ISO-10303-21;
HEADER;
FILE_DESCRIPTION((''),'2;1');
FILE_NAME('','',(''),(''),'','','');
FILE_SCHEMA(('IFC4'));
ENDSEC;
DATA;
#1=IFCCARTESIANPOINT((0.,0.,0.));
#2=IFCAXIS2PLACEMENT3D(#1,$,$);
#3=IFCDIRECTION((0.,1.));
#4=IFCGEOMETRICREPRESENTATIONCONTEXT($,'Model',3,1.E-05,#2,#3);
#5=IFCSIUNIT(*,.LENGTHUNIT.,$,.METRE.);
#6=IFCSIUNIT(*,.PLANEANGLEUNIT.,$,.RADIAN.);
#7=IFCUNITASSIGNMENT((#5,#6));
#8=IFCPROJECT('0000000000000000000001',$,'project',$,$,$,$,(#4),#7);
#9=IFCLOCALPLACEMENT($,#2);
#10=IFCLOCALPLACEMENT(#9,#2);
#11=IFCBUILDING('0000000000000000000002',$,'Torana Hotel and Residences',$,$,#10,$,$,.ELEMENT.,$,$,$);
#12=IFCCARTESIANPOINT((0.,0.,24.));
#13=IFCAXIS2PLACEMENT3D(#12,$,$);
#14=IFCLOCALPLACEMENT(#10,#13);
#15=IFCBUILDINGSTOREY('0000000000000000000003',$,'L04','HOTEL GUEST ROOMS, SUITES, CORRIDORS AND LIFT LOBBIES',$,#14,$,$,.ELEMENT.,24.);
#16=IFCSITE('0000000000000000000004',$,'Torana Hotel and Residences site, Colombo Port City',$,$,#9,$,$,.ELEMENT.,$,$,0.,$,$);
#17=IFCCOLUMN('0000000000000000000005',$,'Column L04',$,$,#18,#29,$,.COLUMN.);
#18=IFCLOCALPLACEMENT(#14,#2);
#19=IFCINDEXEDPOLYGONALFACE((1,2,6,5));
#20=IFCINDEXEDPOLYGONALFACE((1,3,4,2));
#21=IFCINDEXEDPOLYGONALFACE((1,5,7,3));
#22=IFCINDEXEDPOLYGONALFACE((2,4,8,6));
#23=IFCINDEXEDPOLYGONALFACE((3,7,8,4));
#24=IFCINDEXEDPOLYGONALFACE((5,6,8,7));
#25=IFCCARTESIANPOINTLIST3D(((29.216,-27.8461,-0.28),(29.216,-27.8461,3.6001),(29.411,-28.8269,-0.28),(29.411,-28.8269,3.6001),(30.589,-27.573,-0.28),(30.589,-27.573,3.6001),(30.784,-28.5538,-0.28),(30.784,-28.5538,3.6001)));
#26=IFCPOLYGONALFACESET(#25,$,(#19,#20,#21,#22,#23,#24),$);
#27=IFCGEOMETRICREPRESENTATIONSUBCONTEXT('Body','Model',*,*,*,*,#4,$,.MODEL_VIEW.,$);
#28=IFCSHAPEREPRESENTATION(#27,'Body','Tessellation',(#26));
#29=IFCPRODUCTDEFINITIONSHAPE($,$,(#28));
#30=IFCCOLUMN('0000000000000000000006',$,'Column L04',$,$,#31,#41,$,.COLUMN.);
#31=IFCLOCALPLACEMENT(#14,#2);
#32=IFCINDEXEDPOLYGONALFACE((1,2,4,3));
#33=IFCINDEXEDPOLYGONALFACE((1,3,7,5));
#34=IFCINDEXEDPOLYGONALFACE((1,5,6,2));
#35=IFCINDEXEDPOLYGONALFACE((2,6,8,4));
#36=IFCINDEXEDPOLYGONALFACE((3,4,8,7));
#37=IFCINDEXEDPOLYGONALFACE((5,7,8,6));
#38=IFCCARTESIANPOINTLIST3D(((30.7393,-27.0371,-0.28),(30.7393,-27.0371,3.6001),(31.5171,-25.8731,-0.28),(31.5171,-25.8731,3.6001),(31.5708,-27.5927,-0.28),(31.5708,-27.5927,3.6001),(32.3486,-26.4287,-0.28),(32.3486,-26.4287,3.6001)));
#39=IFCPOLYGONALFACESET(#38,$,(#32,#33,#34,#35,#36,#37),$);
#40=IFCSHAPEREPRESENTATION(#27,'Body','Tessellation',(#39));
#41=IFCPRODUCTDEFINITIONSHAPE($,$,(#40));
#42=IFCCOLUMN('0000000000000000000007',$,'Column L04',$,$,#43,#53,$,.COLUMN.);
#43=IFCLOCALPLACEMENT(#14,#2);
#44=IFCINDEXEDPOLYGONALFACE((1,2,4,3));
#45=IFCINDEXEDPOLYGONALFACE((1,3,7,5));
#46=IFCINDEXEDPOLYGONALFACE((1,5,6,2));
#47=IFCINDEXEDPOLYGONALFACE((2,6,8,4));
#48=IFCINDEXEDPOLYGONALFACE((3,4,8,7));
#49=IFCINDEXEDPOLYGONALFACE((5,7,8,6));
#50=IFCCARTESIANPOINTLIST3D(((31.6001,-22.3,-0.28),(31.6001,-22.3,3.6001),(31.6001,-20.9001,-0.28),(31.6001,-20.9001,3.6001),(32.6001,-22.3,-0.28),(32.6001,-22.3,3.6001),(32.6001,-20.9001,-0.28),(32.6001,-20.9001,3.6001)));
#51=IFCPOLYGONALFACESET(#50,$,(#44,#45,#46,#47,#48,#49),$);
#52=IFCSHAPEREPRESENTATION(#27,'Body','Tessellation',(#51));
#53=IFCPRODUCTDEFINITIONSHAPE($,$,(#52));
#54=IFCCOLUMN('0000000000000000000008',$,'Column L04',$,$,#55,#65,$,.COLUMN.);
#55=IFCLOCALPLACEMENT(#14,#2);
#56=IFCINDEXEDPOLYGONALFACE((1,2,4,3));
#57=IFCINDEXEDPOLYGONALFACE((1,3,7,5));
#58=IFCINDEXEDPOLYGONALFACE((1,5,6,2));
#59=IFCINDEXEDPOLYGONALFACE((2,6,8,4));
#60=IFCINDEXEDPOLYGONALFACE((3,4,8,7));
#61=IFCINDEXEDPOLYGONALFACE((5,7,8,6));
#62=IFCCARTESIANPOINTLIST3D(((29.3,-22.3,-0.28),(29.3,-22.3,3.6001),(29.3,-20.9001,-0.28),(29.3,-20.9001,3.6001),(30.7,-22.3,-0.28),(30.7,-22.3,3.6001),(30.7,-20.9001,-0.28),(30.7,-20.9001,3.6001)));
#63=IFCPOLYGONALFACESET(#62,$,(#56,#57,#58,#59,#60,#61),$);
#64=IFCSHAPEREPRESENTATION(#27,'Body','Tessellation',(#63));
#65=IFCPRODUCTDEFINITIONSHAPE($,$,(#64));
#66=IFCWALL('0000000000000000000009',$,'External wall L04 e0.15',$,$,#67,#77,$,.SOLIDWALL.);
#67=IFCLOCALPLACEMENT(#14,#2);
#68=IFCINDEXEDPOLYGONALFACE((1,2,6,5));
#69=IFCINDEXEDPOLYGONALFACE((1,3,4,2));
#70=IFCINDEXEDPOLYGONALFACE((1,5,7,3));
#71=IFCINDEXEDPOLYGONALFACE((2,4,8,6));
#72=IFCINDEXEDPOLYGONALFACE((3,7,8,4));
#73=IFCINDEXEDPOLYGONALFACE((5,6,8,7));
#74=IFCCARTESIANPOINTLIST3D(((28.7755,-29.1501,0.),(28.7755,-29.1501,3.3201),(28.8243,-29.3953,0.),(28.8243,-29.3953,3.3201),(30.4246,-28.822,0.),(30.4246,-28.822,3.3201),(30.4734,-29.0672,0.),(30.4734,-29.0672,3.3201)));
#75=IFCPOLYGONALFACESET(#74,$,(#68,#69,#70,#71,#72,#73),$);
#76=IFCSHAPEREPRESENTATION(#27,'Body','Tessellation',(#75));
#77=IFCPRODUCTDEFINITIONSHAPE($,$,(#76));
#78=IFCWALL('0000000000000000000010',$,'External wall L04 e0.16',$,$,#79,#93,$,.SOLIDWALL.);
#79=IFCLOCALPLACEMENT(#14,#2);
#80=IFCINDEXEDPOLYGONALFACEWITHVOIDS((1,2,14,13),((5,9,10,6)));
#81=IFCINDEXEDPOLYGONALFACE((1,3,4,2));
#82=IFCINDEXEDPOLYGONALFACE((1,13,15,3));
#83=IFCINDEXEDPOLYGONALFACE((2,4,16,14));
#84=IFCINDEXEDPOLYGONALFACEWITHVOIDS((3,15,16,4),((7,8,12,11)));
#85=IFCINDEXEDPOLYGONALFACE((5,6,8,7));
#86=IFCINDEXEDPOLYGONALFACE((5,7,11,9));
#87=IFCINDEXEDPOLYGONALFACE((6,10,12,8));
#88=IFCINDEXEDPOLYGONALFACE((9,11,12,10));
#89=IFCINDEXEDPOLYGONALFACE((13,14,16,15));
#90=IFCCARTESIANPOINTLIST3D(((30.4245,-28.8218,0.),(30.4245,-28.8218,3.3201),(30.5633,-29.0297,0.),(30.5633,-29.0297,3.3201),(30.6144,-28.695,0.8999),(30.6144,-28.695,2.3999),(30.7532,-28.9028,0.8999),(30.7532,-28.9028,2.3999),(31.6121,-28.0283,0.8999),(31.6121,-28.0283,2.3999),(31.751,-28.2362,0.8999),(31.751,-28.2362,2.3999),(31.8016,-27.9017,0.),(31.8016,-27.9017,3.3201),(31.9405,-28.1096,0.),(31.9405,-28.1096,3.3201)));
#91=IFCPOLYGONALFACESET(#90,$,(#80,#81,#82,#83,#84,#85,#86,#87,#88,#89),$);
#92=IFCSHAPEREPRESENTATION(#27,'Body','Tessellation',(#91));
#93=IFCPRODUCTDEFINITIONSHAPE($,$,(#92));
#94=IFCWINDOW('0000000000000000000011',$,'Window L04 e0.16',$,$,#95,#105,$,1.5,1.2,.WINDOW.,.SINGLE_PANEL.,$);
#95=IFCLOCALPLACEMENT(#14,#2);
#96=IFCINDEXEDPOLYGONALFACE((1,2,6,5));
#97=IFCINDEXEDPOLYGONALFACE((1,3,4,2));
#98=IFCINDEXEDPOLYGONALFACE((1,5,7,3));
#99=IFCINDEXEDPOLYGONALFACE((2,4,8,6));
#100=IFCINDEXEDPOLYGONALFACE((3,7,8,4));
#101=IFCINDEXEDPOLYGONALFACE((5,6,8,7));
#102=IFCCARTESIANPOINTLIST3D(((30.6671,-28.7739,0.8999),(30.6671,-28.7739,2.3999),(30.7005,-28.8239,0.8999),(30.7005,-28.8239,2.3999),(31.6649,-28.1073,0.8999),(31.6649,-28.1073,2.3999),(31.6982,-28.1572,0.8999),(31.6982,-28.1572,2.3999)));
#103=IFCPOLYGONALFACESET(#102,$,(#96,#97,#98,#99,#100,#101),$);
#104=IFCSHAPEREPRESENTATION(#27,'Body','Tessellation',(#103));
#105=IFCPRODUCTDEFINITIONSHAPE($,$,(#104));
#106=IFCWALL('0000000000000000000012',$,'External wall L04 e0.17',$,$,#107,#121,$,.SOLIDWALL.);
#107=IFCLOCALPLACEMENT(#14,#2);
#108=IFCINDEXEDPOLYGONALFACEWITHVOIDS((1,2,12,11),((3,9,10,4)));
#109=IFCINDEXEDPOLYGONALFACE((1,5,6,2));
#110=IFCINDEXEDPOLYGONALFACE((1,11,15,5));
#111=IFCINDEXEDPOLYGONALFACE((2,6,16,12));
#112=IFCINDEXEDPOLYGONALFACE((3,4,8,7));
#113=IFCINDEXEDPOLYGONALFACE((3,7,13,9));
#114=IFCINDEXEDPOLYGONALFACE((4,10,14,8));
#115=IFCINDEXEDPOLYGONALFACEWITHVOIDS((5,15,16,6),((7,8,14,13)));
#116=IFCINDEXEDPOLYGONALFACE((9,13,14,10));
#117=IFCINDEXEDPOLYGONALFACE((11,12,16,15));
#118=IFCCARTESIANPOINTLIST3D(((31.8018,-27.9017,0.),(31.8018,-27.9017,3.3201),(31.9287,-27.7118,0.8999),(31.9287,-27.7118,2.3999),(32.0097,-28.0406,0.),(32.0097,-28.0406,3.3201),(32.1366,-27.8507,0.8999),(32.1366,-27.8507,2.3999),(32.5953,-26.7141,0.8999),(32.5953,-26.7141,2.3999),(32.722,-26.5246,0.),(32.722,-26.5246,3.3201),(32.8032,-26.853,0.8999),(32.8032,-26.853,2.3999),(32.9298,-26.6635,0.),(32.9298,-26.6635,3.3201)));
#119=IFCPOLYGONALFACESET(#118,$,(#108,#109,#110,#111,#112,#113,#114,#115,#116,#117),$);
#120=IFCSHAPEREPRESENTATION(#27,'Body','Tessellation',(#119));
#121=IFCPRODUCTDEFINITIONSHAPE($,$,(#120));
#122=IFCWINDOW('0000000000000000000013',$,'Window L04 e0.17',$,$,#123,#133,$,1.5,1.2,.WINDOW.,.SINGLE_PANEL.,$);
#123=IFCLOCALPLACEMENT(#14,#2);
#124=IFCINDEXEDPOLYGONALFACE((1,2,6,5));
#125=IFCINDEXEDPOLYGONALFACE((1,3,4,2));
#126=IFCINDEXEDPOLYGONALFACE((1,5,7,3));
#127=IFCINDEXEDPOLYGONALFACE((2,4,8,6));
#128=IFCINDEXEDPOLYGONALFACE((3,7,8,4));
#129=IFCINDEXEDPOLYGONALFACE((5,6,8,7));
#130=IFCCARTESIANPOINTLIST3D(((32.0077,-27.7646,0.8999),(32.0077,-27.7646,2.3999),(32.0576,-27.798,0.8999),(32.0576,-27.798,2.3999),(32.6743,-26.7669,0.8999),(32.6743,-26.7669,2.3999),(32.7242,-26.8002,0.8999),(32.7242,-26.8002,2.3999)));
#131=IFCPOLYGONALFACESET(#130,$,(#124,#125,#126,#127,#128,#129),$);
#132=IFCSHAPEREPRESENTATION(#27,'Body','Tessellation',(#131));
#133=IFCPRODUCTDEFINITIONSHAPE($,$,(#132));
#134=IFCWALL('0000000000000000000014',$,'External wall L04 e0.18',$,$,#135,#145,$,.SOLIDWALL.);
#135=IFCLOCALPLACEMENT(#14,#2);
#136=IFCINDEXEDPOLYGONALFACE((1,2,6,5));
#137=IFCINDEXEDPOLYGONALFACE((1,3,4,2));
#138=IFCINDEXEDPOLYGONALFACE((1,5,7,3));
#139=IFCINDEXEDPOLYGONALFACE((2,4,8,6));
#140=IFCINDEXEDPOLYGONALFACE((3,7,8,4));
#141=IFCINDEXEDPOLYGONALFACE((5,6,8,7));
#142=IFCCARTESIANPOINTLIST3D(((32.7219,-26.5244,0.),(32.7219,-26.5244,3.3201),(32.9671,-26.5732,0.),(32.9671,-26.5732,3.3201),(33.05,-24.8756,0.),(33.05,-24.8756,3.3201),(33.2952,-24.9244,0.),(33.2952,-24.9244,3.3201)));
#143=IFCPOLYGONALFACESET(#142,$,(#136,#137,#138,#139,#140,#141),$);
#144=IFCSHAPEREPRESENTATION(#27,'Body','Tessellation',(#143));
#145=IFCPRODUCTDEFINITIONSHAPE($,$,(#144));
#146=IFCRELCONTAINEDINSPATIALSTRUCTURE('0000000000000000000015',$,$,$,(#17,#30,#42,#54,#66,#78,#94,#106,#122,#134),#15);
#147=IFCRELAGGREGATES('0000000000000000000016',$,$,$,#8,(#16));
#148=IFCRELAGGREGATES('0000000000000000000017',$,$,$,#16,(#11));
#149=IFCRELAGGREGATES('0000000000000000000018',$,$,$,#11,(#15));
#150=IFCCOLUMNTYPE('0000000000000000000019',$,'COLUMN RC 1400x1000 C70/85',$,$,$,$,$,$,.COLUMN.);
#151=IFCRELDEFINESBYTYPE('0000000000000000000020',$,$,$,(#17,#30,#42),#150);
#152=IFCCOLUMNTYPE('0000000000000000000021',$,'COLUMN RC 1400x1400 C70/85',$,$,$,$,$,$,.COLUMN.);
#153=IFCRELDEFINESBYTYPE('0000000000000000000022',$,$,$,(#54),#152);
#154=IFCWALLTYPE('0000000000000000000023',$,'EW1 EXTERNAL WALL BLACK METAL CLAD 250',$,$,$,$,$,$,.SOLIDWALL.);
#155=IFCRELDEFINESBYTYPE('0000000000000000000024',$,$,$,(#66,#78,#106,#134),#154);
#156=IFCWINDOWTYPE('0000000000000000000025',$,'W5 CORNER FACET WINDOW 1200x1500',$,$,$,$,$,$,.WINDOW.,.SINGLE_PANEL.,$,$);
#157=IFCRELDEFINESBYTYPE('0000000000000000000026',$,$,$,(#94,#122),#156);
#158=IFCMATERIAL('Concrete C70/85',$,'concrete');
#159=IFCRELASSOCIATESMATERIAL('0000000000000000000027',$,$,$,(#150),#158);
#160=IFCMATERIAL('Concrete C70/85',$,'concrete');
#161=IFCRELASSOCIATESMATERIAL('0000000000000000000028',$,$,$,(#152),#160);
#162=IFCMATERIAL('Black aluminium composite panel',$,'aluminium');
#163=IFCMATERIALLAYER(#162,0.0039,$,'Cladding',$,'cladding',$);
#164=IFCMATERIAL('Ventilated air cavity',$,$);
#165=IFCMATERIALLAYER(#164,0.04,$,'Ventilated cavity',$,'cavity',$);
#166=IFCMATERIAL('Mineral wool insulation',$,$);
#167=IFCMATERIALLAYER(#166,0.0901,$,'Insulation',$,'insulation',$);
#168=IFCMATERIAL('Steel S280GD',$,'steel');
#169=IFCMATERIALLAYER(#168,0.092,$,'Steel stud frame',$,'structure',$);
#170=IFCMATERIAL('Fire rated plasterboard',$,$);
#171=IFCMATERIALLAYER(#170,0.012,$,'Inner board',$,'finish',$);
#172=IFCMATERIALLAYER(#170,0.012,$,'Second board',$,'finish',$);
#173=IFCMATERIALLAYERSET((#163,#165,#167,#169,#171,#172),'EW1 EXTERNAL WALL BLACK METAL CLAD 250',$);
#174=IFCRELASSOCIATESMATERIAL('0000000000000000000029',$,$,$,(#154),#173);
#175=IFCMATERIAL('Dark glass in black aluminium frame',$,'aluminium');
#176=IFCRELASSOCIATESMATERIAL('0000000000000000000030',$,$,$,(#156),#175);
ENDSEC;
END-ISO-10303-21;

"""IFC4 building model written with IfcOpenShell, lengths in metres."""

from ifc_helpers import new_model, si_unit, direction, frame, frame_2d, origin, origin_2d, place, context, subcontext, project, spatial, rectangle, extrude, material, layer, layer_set, material_profile, profile_set, type_object, element, fill, save


model = new_model("IFC4")

# Units and contexts
model_context = context("Model", 3, precision=1e-05, world=origin(), true_north=direction((0.0, 1.0)))
body_context = subcontext(model_context, "Body", "Model", "MODEL_VIEW")
ifc_project = project(units=[si_unit("LENGTHUNIT", "METRE"), si_unit("PLANEANGLEUNIT", "RADIAN")], contexts=[model_context])

# Site, building, storey
site_placement = place(None, origin())
site = spatial("IfcSite", under=ifc_project, at=site_placement, Name="Torana Hotel and Residences site, Colombo Port City", CompositionType="ELEMENT", RefElevation=0.0)
building_placement = place(site_placement, origin())
building = spatial("IfcBuilding", under=site, at=building_placement, Name="Torana Hotel and Residences", CompositionType="ELEMENT")
storey_placement = place(building_placement, frame((0.0, 0.0, 24.0)))
storey = spatial("IfcBuildingStorey", under=building, at=storey_placement, Name="L04", Description="HOTEL GUEST ROOMS, SUITES, CORRIDORS AND LIFT LOBBIES", CompositionType="ELEMENT", Elevation=24.0)

# Columns
ifc_material_1 = material(Name="Concrete C70/85", Category="concrete")
ifc_material_profile_1 = material_profile(ifc_material_1, rectangle(XDim=1.3999, YDim=1.0, at=origin_2d()), Name="RC 1400x1000")
ifc_profile_set_1 = profile_set([ifc_material_profile_1], Name="Concrete C70/85")
column_type_1 = type_object("IfcColumnType", Name="COLUMN RC 1400x1000 C70/85", PredefinedType="COLUMN", material=ifc_profile_set_1)
for number, where, z_axis, x_axis, name in (
    (1, (30.0, -28.2, -0.28), (0.0, 0.0, 1.0), (0.980792, 0.195056, 0.0), "Column L04"),
    (2, (31.5439, -26.7329, -0.28), (0.0, 0.0, 1.0), (0.555585, 0.83146, 0.0), "Column L04"),
    (3, (32.1001, -21.6001, -0.28), (0.0, 0.0, 1.0), (0.0, 1.0, 0.0), "Column L04"),
):
    element("IfcColumn", number, at=place(storey_placement, frame(where, z_axis=z_axis, x_axis=x_axis)), inside=storey, type_object=column_type_1, Name=name, PredefinedType="COLUMN", context=body_context, shape_type="SweptSolid", body=[
        extrude(rectangle(XDim=1.3999, YDim=1.0, at=origin_2d()), origin(), (0.0, 0.0, 1.0), 3.8801),
    ])
ifc_material_2 = material(Name="Concrete C70/85", Category="concrete")
ifc_material_profile_2 = material_profile(ifc_material_2, rectangle(XDim=1.3999, YDim=1.3999, at=origin_2d()), Name="RC 1400x1400")
ifc_profile_set_2 = profile_set([ifc_material_profile_2], Name="Concrete C70/85")
column_type_2 = type_object("IfcColumnType", Name="COLUMN RC 1400x1400 C70/85", PredefinedType="COLUMN", material=ifc_profile_set_2)
column_placement = place(storey_placement, frame((30.0, -21.6001, -0.28), z_axis=(0.0, 0.0, 1.0), x_axis=(1.0, 0.0, 0.0)))
element("IfcColumn", 4, at=column_placement, inside=storey, type_object=column_type_2, Name="Column L04", PredefinedType="COLUMN", context=body_context, shape_type="SweptSolid", body=[
    extrude(rectangle(XDim=1.3999, YDim=1.3999, at=origin_2d()), origin(), (0.0, 0.0, 1.0), 3.8801),
])

# Wall
ifc_material_3 = material(Name="Black aluminium composite panel", Category="aluminium")
ifc_layer_1 = layer(ifc_material_3, 0.0039, Name="Cladding", Category="cladding")
ifc_material_4 = material(Name="Ventilated air cavity")
ifc_layer_2 = layer(ifc_material_4, 0.04, Name="Ventilated cavity", Category="cavity")
ifc_material_5 = material(Name="Mineral wool insulation")
ifc_layer_3 = layer(ifc_material_5, 0.0901, Name="Insulation", Category="insulation")
ifc_material_6 = material(Name="Steel S280GD", Category="steel")
ifc_layer_4 = layer(ifc_material_6, 0.092, Name="Steel stud frame", Category="structure")
ifc_material_7 = material(Name="Fire rated plasterboard")
ifc_layer_5 = layer(ifc_material_7, 0.012, Name="Inner board", Category="finish")
ifc_layer_6 = layer(ifc_material_7, 0.012, Name="Second board", Category="finish")
ifc_layer_set_1 = layer_set([ifc_layer_1, ifc_layer_2, ifc_layer_3, ifc_layer_4, ifc_layer_5, ifc_layer_6], Name="EW1 EXTERNAL WALL BLACK METAL CLAD 250")
wall_type_1 = type_object("IfcWallType", Name="EW1 EXTERNAL WALL BLACK METAL CLAD 250", PredefinedType="SOLIDWALL", material=ifc_layer_set_1)
wall_1_placement = place(storey_placement, frame((28.7998, -29.2727, 0.0), z_axis=(0.0, 0.0, 1.0), x_axis=(0.980776, 0.195139, 0.0)))
element("IfcWall", 5, at=wall_1_placement, inside=storey, type_object=wall_type_1, Name="External wall L04 e0.15", PredefinedType="SOLIDWALL", context=body_context, shape_type="SweptSolid", body=[
    extrude(rectangle(XDim=1.6814, YDim=0.25, at=frame_2d((0.8408, 0.0))), origin(), (0.0, 0.0, 1.0), 3.3201),
])

# Walls, openings, windows
wall_2_placement = place(storey_placement, frame((30.4939, -28.9258, 0.0), z_axis=(0.0, 0.0, 1.0), x_axis=(0.831483, 0.55555, 0.0)))
wall_2 = element("IfcWall", 6, at=wall_2_placement, inside=storey, type_object=wall_type_1, Name="External wall L04 e0.16", PredefinedType="SOLIDWALL", context=body_context, shape_type="SweptSolid", body=[
    extrude(rectangle(XDim=1.6562, YDim=0.25, at=frame_2d((0.8281, 0.0))), origin(), (0.0, 0.0, 1.0), 3.3201),
])
opening_1_placement = place(wall_2_placement, frame((0.2283, 0.0, 0.8999)))
opening_1 = element("IfcOpeningElement", 7, at=opening_1_placement, cuts=wall_2, PredefinedType="OPENING", context=body_context, shape_type="SweptSolid", body=[
    extrude(rectangle(XDim=1.2, YDim=1.5, at=frame_2d((0.6001, 0.75))), frame((0.0, 0.135, 0.0), z_axis=(0.0, -1.0, 0.0), x_axis=(1.0, 0.0, 0.0)), (0.0, 0.0, 1.0), 0.27),
])
ifc_material_8 = material(Name="Dark glass in black aluminium frame", Category="aluminium")
window_type = type_object("IfcWindowType", Name="W5 CORNER FACET WINDOW 1200x1500", PartitioningType="SINGLE_PANEL", PredefinedType="WINDOW", material=ifc_material_8)
window_1_placement = place(opening_1_placement, origin())
window_1 = element("IfcWindow", 8, at=window_1_placement, inside=storey, type_object=window_type, Name="Window L04 e0.16", OverallHeight=1.5, OverallWidth=1.2, PartitioningType="SINGLE_PANEL", PredefinedType="WINDOW", context=body_context, shape_type="SweptSolid", body=[
    extrude(rectangle(XDim=1.2, YDim=1.5, at=frame_2d((0.6001, 0.75))), frame((0.0, 0.03, 0.0), z_axis=(0.0, -1.0, 0.0), x_axis=(1.0, 0.0, 0.0)), (0.0, 0.0, 1.0), 0.0601),
])
fill(opening_1, window_1)
wall_3_placement = place(storey_placement, frame((31.9058, -27.9712, 0.0), z_axis=(0.0, 0.0, 1.0), x_axis=(0.55555, 0.831483, 0.0)))
wall_3 = element("IfcWall", 9, at=wall_3_placement, inside=storey, type_object=wall_type_1, Name="External wall L04 e0.17", PredefinedType="SOLIDWALL", context=body_context, shape_type="SweptSolid", body=[
    extrude(rectangle(XDim=1.6562, YDim=0.25, at=frame_2d((0.8281, 0.0))), origin(), (0.0, 0.0, 1.0), 3.3201),
])
opening_2_placement = place(wall_3_placement, frame((0.2283, 0.0, 0.8999)))
opening_2 = element("IfcOpeningElement", 10, at=opening_2_placement, cuts=wall_3, PredefinedType="OPENING", context=body_context, shape_type="SweptSolid", body=[
    extrude(rectangle(XDim=1.2, YDim=1.5, at=frame_2d((0.6001, 0.75))), frame((0.0, 0.135, 0.0), z_axis=(0.0, -1.0, 0.0), x_axis=(1.0, 0.0, 0.0)), (0.0, 0.0, 1.0), 0.27),
])
window_2_placement = place(opening_2_placement, origin())
window_2 = element("IfcWindow", 11, at=window_2_placement, inside=storey, type_object=window_type, Name="Window L04 e0.17", OverallHeight=1.5, OverallWidth=1.2, PartitioningType="SINGLE_PANEL", PredefinedType="WINDOW", context=body_context, shape_type="SweptSolid", body=[
    extrude(rectangle(XDim=1.2, YDim=1.5, at=frame_2d((0.6001, 0.75))), frame((0.0, 0.03, 0.0), z_axis=(0.0, -1.0, 0.0), x_axis=(1.0, 0.0, 0.0)), (0.0, 0.0, 1.0), 0.0601),
])
fill(opening_2, window_2)

# Wall
wall_4_placement = place(storey_placement, frame((32.8445, -26.5488, 0.0), z_axis=(0.0, 0.0, 1.0), x_axis=(0.195167, 0.98077, 0.0)))
element("IfcWall", 12, at=wall_4_placement, inside=storey, type_object=wall_type_1, Name="External wall L04 e0.18", PredefinedType="SOLIDWALL", context=body_context, shape_type="SweptSolid", body=[
    extrude(rectangle(XDim=1.6812, YDim=0.25, at=frame_2d((0.8406, 0.0))), origin(), (0.0, 0.0, 1.0), 3.3201),
])

save(model, "model.ifc")
